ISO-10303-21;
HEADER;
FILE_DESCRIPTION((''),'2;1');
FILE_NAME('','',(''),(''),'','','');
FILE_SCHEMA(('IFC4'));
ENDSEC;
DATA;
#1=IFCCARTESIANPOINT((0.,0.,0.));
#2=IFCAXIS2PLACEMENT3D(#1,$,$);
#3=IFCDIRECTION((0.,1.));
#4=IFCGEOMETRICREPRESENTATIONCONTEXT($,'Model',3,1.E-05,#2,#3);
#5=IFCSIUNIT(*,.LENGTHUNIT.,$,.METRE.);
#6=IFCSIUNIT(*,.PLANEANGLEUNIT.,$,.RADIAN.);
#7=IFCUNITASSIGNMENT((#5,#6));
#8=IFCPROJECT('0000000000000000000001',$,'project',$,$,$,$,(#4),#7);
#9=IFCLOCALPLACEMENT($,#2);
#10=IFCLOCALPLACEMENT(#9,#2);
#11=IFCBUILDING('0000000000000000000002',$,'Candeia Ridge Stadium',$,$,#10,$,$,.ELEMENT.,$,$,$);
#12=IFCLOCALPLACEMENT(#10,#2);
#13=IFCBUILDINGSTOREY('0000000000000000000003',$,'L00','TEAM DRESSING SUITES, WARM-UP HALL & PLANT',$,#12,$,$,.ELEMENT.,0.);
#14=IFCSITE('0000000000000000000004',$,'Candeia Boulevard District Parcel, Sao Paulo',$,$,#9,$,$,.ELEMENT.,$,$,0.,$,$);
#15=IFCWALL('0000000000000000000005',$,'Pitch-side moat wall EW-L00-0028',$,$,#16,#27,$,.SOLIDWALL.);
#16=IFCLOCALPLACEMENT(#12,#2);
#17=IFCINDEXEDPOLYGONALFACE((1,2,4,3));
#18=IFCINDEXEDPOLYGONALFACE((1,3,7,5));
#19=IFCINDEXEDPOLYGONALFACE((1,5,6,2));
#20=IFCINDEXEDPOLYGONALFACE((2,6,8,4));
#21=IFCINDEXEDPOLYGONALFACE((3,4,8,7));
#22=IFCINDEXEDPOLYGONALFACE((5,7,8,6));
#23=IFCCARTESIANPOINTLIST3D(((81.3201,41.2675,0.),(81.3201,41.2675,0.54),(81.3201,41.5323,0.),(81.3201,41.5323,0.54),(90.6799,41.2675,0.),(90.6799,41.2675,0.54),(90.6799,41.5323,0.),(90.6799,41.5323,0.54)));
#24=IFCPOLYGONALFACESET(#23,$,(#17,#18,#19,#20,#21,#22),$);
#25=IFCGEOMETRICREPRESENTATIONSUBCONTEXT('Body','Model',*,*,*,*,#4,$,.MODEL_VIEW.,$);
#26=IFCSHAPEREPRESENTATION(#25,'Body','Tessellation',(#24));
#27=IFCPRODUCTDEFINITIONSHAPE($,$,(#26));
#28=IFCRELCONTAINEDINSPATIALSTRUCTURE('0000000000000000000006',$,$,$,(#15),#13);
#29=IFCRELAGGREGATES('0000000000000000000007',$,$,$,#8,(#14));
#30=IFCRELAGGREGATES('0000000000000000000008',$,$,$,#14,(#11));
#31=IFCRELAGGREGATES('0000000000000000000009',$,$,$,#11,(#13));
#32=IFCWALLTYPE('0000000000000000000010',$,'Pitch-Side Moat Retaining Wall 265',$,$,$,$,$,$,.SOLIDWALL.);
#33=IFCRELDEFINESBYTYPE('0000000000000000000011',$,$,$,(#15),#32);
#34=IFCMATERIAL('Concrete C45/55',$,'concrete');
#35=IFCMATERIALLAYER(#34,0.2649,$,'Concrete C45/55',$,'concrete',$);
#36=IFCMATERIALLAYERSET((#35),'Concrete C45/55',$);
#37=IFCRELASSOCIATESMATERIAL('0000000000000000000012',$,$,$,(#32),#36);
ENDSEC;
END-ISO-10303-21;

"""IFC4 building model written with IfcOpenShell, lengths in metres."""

from ifc_helpers import new_model, si_unit, direction, frame, frame_2d, origin, place, context, subcontext, project, spatial, rectangle, extrude, material, layer, layer_set, type_object, element, save


model = new_model("IFC4")

# Units and contexts
model_context = context("Model", 3, precision=1e-05, world=origin(), true_north=direction((0.0, 1.0)))
body_context = subcontext(model_context, "Body", "Model", "MODEL_VIEW")
ifc_project = project(units=[si_unit("LENGTHUNIT", "METRE"), si_unit("PLANEANGLEUNIT", "RADIAN")], contexts=[model_context])

# Site, building, storey
site_placement = place(None, origin())
site = spatial("IfcSite", under=ifc_project, at=site_placement, Name="Candeia Boulevard District Parcel, Sao Paulo", CompositionType="ELEMENT", RefElevation=0.0)
building_placement = place(site_placement, origin())
building = spatial("IfcBuilding", under=site, at=building_placement, Name="Candeia Ridge Stadium", CompositionType="ELEMENT")
storey_placement = place(building_placement, origin())
storey = spatial("IfcBuildingStorey", under=building, at=storey_placement, Name="L00", Description="TEAM DRESSING SUITES, WARM-UP HALL & PLANT", CompositionType="ELEMENT", Elevation=0.0)

# Shared definitions
ifc_material_1 = material(Name="Concrete C45/55", Category="concrete")

# Wall
ifc_layer_1 = layer(ifc_material_1, 0.2649, Name="Concrete C45/55", Category="concrete")
ifc_layer_set_1 = layer_set([ifc_layer_1], Name="Concrete C45/55")
wall_type = type_object("IfcWallType", Name="Pitch-Side Moat Retaining Wall 265", PredefinedType="SOLIDWALL", material=ifc_layer_set_1)
wall_placement = place(storey_placement, frame((81.3201, 41.3999, 0.0), z_axis=(0.0, 0.0, 1.0), x_axis=(1.0, 0.0, 0.0)))
element("IfcWall", 1, at=wall_placement, inside=storey, type_object=wall_type, Name="Pitch-side moat wall EW-L00-0028", PredefinedType="SOLIDWALL", context=body_context, shape_type="SweptSolid", body=[
    extrude(rectangle(XDim=9.3599, YDim=0.2649, at=frame_2d((4.6799, 0.0))), origin(), (0.0, 0.0, 1.0), 0.54),
])

save(model, "model.ifc")
